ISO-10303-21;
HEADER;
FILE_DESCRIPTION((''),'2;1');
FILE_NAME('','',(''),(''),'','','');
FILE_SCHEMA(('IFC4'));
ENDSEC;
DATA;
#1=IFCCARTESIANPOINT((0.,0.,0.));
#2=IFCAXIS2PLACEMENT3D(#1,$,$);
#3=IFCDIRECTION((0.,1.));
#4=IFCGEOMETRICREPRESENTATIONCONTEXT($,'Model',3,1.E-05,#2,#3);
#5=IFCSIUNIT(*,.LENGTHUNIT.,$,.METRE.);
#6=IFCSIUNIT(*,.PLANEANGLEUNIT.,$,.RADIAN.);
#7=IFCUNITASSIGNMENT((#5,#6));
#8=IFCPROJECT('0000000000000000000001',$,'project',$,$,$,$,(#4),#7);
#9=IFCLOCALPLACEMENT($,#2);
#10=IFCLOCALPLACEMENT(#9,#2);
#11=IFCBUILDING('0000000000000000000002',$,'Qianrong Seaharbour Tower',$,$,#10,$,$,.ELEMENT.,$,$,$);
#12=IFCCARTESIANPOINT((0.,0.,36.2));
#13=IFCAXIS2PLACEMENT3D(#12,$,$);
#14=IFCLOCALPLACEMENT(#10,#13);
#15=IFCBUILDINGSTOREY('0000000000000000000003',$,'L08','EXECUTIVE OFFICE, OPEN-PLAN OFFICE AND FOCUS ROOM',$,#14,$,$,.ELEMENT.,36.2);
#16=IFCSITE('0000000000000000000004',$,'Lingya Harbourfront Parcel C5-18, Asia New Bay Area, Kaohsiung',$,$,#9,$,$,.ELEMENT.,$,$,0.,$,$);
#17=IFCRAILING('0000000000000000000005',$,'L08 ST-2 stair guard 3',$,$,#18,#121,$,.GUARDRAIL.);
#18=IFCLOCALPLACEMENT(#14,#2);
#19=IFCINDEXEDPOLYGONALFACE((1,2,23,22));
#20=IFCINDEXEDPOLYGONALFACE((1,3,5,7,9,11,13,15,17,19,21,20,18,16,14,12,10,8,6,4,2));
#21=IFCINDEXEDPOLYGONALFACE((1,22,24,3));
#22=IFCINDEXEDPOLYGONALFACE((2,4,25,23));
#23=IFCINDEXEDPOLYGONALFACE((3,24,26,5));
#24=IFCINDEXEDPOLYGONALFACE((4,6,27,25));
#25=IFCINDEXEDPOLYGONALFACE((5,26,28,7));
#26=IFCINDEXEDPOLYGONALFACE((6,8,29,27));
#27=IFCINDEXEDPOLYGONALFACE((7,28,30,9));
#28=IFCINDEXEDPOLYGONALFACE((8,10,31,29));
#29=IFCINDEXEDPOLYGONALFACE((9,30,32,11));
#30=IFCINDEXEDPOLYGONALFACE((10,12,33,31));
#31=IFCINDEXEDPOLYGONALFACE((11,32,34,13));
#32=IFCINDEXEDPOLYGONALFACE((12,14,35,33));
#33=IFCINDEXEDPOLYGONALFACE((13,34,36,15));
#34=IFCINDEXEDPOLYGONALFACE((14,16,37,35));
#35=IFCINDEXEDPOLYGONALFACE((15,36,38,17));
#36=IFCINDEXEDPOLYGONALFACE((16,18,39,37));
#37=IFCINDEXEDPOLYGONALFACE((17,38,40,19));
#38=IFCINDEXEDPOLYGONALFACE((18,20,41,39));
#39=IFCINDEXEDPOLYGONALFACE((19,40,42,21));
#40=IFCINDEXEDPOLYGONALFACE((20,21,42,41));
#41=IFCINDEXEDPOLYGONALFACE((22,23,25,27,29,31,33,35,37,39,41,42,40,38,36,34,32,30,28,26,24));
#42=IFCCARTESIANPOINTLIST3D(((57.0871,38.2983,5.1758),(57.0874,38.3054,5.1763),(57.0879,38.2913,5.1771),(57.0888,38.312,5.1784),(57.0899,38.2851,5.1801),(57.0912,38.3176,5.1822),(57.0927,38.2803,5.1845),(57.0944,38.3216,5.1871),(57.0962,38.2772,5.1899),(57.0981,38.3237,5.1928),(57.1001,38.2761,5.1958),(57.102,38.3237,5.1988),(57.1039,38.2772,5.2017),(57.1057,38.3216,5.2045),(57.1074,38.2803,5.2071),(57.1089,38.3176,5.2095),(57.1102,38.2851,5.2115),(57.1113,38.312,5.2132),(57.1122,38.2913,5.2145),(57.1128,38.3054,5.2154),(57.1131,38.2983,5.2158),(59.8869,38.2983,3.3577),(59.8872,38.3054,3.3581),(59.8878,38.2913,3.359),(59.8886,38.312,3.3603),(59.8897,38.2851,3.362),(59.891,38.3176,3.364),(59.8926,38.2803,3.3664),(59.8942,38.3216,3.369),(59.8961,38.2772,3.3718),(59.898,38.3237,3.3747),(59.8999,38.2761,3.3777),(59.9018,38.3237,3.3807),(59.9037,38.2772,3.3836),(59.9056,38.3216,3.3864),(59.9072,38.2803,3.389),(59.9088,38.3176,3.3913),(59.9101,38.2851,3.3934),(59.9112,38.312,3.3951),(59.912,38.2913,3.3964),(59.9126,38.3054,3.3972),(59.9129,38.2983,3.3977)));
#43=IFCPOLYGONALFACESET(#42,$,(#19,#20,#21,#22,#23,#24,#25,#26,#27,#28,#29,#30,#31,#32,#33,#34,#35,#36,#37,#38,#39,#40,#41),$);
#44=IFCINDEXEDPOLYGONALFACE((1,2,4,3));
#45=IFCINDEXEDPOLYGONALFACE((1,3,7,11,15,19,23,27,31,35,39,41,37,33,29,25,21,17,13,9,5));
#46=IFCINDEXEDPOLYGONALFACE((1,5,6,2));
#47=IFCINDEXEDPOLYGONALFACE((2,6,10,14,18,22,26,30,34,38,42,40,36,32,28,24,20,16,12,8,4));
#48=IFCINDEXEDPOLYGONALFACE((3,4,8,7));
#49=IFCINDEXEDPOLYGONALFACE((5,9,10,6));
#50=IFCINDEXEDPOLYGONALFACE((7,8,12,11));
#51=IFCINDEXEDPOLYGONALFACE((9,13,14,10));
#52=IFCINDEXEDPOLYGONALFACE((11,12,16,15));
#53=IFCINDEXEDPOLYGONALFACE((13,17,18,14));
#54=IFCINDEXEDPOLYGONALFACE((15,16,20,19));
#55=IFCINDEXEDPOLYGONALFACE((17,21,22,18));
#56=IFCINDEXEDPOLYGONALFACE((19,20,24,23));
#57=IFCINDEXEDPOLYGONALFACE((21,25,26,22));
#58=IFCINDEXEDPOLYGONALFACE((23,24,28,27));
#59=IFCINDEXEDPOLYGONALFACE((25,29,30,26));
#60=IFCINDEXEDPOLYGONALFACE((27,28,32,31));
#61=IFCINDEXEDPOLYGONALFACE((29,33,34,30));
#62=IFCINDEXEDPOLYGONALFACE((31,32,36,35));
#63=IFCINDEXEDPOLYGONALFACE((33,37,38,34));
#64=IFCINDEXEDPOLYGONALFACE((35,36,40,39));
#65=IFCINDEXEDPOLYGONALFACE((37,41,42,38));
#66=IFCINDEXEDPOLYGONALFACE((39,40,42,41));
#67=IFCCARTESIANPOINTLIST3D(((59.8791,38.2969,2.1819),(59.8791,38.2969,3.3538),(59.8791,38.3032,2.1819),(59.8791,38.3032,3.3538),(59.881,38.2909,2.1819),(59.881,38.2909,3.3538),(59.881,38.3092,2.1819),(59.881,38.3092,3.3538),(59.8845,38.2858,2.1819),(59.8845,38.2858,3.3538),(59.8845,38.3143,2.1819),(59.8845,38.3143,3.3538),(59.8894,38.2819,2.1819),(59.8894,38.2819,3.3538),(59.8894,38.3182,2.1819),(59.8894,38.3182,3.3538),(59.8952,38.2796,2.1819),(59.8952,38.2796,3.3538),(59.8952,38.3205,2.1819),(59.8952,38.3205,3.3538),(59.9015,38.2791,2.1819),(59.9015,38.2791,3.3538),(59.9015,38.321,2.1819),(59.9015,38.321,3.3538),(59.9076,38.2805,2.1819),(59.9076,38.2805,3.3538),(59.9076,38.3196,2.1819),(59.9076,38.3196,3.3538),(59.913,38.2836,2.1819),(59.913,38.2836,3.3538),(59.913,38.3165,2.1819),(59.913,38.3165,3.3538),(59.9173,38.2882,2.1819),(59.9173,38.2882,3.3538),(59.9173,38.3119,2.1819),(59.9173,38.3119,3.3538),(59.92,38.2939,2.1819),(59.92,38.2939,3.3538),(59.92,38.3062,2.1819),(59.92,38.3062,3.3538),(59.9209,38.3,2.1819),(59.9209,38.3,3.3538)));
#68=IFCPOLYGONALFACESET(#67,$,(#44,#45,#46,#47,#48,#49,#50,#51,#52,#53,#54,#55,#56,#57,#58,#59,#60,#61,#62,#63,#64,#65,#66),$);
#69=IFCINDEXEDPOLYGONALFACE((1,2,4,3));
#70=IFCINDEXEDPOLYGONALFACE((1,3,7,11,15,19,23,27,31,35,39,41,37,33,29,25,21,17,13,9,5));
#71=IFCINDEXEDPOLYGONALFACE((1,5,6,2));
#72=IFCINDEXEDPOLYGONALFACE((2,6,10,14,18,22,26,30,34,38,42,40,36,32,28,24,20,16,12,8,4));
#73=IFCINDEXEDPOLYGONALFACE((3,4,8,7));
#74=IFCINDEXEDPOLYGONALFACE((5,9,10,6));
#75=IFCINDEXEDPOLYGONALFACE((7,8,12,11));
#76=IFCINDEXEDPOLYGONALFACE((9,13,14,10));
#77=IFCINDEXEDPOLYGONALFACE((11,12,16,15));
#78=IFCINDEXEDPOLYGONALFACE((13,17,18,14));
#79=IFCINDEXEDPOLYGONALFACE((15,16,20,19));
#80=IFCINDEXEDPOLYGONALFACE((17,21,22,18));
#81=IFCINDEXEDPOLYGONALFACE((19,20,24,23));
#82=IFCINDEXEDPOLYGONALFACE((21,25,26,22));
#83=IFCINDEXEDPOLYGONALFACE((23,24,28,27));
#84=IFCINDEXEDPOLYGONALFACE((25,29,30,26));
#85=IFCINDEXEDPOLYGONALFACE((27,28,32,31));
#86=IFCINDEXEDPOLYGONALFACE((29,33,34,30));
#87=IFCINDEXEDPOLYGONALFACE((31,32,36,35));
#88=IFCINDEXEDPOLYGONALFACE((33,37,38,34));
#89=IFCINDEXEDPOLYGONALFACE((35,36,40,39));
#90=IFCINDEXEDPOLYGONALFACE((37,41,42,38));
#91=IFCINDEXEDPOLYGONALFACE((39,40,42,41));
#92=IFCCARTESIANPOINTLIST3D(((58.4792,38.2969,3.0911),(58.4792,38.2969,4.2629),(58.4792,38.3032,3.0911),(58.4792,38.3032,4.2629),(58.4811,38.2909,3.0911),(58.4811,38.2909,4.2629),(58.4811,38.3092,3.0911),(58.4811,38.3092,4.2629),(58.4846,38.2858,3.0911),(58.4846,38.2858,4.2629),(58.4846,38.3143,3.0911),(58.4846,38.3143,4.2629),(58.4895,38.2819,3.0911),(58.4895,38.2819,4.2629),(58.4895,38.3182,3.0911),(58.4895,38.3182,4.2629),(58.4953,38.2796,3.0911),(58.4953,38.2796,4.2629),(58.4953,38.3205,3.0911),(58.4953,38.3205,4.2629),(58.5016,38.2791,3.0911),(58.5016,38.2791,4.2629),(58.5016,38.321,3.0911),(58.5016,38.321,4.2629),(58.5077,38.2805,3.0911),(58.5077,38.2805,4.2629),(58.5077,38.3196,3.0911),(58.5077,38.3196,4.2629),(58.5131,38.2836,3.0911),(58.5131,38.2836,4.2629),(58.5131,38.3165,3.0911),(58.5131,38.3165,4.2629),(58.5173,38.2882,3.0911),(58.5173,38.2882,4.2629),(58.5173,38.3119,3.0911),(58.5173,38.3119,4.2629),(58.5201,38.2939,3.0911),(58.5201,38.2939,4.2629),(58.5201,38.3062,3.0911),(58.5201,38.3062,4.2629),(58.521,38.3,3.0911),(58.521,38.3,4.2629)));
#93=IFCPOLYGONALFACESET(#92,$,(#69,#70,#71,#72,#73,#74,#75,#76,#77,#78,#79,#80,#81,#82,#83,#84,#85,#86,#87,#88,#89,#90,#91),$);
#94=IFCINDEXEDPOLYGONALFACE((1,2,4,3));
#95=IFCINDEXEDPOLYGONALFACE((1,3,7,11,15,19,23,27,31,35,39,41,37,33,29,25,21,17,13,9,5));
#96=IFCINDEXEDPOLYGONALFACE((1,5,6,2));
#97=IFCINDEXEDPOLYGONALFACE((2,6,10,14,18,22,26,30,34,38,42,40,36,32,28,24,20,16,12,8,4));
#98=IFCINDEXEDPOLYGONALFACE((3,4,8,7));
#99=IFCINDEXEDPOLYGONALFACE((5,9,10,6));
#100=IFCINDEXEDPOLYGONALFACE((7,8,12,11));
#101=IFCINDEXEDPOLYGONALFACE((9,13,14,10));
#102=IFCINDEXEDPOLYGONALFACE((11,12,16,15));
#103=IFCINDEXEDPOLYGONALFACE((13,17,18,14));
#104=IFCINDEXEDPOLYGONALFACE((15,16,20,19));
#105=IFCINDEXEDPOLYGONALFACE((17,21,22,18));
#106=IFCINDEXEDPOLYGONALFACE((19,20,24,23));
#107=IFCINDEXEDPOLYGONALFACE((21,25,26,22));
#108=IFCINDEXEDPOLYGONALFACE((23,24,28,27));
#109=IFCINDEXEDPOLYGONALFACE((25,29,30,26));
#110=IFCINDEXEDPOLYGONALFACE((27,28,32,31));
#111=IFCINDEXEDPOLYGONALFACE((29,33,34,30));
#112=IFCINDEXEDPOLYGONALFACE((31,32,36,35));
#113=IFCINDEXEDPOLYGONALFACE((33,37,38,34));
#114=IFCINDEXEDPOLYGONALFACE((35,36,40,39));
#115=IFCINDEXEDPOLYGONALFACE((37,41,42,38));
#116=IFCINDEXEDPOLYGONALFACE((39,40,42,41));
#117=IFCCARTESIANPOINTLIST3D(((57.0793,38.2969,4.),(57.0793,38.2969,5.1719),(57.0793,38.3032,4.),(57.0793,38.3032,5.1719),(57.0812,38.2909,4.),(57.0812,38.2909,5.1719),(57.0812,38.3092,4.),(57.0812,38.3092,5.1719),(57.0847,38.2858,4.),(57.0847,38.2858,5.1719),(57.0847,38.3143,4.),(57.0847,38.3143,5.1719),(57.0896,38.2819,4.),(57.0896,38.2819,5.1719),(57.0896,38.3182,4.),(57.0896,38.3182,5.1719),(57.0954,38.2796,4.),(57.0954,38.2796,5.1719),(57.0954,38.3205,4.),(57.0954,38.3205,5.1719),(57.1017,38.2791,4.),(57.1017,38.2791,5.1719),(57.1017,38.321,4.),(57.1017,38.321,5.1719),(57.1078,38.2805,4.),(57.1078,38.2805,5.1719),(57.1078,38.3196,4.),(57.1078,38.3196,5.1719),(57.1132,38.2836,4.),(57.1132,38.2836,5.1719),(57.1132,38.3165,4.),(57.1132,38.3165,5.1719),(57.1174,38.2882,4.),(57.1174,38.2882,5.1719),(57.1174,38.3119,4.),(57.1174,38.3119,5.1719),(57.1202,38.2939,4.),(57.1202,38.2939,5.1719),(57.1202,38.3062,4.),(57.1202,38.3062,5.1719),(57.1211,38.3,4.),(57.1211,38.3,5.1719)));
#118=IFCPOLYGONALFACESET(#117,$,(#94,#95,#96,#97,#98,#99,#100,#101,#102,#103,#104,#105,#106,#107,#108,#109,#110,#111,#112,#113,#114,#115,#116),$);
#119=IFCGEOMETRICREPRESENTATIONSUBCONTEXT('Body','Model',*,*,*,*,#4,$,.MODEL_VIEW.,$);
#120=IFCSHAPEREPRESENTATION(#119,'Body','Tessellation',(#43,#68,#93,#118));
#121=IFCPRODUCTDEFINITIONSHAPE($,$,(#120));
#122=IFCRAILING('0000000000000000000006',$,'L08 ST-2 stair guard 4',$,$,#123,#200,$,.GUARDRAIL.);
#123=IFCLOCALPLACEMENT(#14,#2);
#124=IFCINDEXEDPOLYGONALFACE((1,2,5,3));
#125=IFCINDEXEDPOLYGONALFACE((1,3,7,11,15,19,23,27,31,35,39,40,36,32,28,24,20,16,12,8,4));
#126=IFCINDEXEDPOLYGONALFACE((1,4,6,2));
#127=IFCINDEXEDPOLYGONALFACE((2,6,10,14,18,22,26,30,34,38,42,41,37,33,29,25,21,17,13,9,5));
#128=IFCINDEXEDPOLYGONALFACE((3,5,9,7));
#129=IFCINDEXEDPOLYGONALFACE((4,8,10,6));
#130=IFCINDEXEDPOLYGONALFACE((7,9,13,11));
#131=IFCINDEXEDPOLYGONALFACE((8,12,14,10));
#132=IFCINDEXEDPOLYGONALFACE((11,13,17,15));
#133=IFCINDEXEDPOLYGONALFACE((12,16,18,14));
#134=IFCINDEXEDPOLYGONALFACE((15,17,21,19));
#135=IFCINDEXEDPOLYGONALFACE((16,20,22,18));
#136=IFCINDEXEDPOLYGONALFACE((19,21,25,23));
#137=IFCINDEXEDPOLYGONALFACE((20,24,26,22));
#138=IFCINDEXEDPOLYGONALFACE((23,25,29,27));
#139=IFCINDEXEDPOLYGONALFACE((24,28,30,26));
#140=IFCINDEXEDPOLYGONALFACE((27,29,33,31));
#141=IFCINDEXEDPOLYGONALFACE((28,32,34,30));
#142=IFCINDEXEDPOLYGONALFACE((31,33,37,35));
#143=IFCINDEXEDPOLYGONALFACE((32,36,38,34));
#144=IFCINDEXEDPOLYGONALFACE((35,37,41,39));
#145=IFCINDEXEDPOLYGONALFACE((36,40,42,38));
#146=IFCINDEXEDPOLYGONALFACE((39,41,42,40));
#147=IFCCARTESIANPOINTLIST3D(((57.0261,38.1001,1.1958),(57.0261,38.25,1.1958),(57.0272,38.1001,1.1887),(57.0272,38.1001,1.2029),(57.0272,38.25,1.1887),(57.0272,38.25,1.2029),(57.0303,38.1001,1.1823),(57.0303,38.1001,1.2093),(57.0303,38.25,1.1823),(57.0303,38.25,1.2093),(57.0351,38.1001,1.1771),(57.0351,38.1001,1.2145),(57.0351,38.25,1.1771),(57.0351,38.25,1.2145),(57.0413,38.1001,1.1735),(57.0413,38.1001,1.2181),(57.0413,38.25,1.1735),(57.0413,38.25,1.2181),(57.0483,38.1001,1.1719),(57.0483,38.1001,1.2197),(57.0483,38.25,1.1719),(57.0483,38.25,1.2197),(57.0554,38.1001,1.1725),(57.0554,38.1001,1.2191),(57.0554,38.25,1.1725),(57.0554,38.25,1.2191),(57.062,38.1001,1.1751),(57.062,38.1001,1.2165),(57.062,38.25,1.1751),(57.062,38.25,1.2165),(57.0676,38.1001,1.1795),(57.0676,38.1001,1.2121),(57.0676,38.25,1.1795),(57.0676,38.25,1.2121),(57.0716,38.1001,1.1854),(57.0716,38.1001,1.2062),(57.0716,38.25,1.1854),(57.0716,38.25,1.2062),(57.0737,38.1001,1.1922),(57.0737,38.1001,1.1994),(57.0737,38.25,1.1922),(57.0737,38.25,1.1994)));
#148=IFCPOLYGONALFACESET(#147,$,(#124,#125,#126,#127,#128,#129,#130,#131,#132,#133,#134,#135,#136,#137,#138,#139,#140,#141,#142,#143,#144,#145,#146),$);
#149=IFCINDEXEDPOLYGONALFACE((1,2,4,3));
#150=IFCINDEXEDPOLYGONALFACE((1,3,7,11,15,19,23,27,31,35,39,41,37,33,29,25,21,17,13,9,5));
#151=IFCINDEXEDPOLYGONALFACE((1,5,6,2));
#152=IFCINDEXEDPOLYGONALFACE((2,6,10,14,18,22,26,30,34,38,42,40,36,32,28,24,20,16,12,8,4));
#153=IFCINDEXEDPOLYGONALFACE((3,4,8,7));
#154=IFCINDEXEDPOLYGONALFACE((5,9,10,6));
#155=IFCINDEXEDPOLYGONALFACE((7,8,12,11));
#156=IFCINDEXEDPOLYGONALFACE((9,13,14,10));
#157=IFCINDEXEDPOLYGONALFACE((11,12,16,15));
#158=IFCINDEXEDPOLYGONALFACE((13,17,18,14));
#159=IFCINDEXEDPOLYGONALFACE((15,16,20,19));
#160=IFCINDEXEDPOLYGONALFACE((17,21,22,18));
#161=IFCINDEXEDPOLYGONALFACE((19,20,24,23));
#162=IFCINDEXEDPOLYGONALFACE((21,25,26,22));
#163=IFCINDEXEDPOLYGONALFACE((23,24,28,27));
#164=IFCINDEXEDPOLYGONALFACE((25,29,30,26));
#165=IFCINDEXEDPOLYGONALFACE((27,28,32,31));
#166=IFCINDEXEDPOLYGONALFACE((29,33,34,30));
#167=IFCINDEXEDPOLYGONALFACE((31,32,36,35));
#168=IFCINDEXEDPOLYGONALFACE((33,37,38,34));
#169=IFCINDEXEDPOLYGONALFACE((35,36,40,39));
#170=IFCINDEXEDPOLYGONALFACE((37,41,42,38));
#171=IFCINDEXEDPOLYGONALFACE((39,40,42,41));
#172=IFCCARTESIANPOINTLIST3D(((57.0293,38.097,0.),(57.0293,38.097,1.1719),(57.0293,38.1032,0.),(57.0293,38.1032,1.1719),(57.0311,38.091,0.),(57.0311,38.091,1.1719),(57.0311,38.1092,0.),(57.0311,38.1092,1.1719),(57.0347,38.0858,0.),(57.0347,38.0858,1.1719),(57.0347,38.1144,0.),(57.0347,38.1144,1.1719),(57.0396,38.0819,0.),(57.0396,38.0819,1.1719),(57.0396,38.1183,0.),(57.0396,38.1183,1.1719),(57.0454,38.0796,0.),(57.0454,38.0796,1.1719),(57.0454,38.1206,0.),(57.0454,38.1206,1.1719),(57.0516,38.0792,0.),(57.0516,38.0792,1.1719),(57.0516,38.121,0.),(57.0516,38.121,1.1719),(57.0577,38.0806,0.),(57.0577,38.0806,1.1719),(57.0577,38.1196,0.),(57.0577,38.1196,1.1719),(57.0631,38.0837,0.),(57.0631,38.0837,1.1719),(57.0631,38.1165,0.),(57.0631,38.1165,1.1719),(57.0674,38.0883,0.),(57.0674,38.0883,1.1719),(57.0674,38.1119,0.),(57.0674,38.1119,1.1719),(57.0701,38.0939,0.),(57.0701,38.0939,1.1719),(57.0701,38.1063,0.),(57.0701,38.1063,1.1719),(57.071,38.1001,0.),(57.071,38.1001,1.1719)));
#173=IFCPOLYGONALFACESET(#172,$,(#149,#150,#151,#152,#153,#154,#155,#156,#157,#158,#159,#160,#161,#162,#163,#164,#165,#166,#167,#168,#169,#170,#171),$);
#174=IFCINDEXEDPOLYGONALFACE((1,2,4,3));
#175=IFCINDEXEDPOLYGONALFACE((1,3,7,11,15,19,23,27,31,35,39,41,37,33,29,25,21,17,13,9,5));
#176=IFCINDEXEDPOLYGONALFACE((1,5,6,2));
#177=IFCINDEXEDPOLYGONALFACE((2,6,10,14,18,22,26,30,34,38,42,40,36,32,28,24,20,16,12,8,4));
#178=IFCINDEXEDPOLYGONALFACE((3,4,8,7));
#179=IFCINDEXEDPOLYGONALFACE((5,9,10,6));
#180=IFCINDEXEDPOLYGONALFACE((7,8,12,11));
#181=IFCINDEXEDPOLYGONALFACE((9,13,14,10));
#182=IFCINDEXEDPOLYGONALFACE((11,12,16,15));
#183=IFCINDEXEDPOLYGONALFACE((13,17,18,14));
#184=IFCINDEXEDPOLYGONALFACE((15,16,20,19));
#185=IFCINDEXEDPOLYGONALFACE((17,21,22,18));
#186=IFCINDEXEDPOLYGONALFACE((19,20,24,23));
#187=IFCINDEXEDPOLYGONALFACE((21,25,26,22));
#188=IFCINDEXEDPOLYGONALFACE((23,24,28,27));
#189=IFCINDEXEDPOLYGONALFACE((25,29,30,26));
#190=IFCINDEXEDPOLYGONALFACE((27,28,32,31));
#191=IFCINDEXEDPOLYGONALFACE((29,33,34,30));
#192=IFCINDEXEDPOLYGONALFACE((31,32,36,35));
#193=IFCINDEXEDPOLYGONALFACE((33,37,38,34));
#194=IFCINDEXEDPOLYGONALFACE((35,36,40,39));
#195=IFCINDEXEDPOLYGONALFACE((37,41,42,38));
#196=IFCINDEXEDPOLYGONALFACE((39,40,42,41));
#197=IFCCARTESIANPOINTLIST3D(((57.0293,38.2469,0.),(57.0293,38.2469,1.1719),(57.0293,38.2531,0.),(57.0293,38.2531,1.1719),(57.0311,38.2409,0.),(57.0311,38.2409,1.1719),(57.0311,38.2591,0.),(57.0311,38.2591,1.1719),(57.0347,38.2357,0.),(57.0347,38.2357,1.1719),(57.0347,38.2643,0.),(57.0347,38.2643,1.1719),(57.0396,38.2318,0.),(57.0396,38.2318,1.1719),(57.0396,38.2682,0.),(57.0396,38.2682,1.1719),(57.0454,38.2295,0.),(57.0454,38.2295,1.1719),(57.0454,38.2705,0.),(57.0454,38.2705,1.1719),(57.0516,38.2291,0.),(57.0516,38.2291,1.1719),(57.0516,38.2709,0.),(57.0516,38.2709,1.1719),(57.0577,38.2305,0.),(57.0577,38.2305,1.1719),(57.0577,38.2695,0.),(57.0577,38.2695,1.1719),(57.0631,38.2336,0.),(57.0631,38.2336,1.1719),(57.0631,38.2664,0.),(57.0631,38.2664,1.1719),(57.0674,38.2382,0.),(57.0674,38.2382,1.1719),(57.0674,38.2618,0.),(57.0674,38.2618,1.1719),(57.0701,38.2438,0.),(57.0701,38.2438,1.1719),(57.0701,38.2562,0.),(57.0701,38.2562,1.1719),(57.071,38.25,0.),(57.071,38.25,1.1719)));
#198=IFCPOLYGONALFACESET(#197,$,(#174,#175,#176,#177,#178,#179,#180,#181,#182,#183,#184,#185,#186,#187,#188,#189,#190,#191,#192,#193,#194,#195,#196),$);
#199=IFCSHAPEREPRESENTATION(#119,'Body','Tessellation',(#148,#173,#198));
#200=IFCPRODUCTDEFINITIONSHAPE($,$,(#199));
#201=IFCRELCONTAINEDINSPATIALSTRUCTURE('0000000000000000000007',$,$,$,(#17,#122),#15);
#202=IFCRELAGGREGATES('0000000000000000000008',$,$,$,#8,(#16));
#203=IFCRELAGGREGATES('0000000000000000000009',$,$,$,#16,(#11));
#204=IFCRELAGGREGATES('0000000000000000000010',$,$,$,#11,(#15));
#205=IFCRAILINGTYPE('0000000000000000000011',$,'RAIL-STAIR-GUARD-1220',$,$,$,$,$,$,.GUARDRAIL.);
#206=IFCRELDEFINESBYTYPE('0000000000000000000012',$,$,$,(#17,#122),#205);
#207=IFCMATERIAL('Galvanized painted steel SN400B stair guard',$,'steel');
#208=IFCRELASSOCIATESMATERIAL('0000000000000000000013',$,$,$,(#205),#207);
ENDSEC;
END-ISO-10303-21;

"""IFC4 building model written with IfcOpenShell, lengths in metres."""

from ifc_helpers import new_model, si_unit, direction, frame, origin, origin_2d, place, context, subcontext, project, spatial, circle, extrude, material, type_object, element, save


model = new_model("IFC4")

# Units and contexts
model_context = context("Model", 3, precision=1e-05, world=origin(), true_north=direction((0.0, 1.0)))
body_context = subcontext(model_context, "Body", "Model", "MODEL_VIEW")
ifc_project = project(units=[si_unit("LENGTHUNIT", "METRE"), si_unit("PLANEANGLEUNIT", "RADIAN")], contexts=[model_context])

# Site, building, storey
site_placement = place(None, origin())
site = spatial("IfcSite", under=ifc_project, at=site_placement, Name="Lingya Harbourfront Parcel C5-18, Asia New Bay Area, Kaohsiung", CompositionType="ELEMENT", RefElevation=0.0)
building_placement = place(site_placement, origin())
building = spatial("IfcBuilding", under=site, at=building_placement, Name="Qianrong Seaharbour Tower", CompositionType="ELEMENT")
storey_placement = place(building_placement, frame((0.0, 0.0, 36.2)))
storey = spatial("IfcBuildingStorey", under=building, at=storey_placement, Name="L08", Description="EXECUTIVE OFFICE, OPEN-PLAN OFFICE AND FOCUS ROOM", CompositionType="ELEMENT", Elevation=36.2)

# Railings
ifc_material_1 = material(Name="Galvanized painted steel SN400B stair guard", Category="steel")
railing_type_1 = type_object("IfcRailingType", Name="RAIL-STAIR-GUARD-1220", PredefinedType="GUARDRAIL", material=ifc_material_1)
railing_1_placement = place(storey_placement, frame((59.8999, 38.3, 2.1819)))
element("IfcRailing", 1, at=railing_1_placement, inside=storey, type_object=railing_type_1, Name="L08 ST-2 stair guard 3", PredefinedType="GUARDRAIL", context=body_context, shape_type="SweptSolid", body=[
    extrude(circle(Radius=0.0239, at=origin_2d()), frame((0.0, 0.0, 1.1958), z_axis=(-0.838684, 0.0, 0.544618), x_axis=(0.0, -1.0, 0.0)), (0.0, 0.0, 1.0), 3.3384),
    extrude(circle(Radius=0.021, at=origin_2d()), origin(), (0.0, 0.0, 1.0), 1.1719),
    extrude(circle(Radius=0.021, at=origin_2d()), frame((-1.3999, 0.0, 0.9092)), (0.0, 0.0, 1.0), 1.1719),
    extrude(circle(Radius=0.021, at=origin_2d()), frame((-2.7998, 0.0, 1.8181)), (0.0, 0.0, 1.0), 1.1719),
])
railing_2_placement = place(storey_placement, frame((57.05, 38.1001, 0.0)))
element("IfcRailing", 2, at=railing_2_placement, inside=storey, type_object=railing_type_1, Name="L08 ST-2 stair guard 4", PredefinedType="GUARDRAIL", context=body_context, shape_type="SweptSolid", body=[
    extrude(circle(Radius=0.0239, at=origin_2d()), frame((0.0, 0.0, 1.1958), z_axis=(0.0, 1.0, 0.0), x_axis=(-1.0, 0.0, 0.0)), (0.0, 0.0, 1.0), 0.1499),
    extrude(circle(Radius=0.021, at=origin_2d()), origin(), (0.0, 0.0, 1.0), 1.1719),
    extrude(circle(Radius=0.021, at=origin_2d()), frame((0.0, 0.1499, 0.0)), (0.0, 0.0, 1.0), 1.1719),
])

save(model, "model.ifc")
